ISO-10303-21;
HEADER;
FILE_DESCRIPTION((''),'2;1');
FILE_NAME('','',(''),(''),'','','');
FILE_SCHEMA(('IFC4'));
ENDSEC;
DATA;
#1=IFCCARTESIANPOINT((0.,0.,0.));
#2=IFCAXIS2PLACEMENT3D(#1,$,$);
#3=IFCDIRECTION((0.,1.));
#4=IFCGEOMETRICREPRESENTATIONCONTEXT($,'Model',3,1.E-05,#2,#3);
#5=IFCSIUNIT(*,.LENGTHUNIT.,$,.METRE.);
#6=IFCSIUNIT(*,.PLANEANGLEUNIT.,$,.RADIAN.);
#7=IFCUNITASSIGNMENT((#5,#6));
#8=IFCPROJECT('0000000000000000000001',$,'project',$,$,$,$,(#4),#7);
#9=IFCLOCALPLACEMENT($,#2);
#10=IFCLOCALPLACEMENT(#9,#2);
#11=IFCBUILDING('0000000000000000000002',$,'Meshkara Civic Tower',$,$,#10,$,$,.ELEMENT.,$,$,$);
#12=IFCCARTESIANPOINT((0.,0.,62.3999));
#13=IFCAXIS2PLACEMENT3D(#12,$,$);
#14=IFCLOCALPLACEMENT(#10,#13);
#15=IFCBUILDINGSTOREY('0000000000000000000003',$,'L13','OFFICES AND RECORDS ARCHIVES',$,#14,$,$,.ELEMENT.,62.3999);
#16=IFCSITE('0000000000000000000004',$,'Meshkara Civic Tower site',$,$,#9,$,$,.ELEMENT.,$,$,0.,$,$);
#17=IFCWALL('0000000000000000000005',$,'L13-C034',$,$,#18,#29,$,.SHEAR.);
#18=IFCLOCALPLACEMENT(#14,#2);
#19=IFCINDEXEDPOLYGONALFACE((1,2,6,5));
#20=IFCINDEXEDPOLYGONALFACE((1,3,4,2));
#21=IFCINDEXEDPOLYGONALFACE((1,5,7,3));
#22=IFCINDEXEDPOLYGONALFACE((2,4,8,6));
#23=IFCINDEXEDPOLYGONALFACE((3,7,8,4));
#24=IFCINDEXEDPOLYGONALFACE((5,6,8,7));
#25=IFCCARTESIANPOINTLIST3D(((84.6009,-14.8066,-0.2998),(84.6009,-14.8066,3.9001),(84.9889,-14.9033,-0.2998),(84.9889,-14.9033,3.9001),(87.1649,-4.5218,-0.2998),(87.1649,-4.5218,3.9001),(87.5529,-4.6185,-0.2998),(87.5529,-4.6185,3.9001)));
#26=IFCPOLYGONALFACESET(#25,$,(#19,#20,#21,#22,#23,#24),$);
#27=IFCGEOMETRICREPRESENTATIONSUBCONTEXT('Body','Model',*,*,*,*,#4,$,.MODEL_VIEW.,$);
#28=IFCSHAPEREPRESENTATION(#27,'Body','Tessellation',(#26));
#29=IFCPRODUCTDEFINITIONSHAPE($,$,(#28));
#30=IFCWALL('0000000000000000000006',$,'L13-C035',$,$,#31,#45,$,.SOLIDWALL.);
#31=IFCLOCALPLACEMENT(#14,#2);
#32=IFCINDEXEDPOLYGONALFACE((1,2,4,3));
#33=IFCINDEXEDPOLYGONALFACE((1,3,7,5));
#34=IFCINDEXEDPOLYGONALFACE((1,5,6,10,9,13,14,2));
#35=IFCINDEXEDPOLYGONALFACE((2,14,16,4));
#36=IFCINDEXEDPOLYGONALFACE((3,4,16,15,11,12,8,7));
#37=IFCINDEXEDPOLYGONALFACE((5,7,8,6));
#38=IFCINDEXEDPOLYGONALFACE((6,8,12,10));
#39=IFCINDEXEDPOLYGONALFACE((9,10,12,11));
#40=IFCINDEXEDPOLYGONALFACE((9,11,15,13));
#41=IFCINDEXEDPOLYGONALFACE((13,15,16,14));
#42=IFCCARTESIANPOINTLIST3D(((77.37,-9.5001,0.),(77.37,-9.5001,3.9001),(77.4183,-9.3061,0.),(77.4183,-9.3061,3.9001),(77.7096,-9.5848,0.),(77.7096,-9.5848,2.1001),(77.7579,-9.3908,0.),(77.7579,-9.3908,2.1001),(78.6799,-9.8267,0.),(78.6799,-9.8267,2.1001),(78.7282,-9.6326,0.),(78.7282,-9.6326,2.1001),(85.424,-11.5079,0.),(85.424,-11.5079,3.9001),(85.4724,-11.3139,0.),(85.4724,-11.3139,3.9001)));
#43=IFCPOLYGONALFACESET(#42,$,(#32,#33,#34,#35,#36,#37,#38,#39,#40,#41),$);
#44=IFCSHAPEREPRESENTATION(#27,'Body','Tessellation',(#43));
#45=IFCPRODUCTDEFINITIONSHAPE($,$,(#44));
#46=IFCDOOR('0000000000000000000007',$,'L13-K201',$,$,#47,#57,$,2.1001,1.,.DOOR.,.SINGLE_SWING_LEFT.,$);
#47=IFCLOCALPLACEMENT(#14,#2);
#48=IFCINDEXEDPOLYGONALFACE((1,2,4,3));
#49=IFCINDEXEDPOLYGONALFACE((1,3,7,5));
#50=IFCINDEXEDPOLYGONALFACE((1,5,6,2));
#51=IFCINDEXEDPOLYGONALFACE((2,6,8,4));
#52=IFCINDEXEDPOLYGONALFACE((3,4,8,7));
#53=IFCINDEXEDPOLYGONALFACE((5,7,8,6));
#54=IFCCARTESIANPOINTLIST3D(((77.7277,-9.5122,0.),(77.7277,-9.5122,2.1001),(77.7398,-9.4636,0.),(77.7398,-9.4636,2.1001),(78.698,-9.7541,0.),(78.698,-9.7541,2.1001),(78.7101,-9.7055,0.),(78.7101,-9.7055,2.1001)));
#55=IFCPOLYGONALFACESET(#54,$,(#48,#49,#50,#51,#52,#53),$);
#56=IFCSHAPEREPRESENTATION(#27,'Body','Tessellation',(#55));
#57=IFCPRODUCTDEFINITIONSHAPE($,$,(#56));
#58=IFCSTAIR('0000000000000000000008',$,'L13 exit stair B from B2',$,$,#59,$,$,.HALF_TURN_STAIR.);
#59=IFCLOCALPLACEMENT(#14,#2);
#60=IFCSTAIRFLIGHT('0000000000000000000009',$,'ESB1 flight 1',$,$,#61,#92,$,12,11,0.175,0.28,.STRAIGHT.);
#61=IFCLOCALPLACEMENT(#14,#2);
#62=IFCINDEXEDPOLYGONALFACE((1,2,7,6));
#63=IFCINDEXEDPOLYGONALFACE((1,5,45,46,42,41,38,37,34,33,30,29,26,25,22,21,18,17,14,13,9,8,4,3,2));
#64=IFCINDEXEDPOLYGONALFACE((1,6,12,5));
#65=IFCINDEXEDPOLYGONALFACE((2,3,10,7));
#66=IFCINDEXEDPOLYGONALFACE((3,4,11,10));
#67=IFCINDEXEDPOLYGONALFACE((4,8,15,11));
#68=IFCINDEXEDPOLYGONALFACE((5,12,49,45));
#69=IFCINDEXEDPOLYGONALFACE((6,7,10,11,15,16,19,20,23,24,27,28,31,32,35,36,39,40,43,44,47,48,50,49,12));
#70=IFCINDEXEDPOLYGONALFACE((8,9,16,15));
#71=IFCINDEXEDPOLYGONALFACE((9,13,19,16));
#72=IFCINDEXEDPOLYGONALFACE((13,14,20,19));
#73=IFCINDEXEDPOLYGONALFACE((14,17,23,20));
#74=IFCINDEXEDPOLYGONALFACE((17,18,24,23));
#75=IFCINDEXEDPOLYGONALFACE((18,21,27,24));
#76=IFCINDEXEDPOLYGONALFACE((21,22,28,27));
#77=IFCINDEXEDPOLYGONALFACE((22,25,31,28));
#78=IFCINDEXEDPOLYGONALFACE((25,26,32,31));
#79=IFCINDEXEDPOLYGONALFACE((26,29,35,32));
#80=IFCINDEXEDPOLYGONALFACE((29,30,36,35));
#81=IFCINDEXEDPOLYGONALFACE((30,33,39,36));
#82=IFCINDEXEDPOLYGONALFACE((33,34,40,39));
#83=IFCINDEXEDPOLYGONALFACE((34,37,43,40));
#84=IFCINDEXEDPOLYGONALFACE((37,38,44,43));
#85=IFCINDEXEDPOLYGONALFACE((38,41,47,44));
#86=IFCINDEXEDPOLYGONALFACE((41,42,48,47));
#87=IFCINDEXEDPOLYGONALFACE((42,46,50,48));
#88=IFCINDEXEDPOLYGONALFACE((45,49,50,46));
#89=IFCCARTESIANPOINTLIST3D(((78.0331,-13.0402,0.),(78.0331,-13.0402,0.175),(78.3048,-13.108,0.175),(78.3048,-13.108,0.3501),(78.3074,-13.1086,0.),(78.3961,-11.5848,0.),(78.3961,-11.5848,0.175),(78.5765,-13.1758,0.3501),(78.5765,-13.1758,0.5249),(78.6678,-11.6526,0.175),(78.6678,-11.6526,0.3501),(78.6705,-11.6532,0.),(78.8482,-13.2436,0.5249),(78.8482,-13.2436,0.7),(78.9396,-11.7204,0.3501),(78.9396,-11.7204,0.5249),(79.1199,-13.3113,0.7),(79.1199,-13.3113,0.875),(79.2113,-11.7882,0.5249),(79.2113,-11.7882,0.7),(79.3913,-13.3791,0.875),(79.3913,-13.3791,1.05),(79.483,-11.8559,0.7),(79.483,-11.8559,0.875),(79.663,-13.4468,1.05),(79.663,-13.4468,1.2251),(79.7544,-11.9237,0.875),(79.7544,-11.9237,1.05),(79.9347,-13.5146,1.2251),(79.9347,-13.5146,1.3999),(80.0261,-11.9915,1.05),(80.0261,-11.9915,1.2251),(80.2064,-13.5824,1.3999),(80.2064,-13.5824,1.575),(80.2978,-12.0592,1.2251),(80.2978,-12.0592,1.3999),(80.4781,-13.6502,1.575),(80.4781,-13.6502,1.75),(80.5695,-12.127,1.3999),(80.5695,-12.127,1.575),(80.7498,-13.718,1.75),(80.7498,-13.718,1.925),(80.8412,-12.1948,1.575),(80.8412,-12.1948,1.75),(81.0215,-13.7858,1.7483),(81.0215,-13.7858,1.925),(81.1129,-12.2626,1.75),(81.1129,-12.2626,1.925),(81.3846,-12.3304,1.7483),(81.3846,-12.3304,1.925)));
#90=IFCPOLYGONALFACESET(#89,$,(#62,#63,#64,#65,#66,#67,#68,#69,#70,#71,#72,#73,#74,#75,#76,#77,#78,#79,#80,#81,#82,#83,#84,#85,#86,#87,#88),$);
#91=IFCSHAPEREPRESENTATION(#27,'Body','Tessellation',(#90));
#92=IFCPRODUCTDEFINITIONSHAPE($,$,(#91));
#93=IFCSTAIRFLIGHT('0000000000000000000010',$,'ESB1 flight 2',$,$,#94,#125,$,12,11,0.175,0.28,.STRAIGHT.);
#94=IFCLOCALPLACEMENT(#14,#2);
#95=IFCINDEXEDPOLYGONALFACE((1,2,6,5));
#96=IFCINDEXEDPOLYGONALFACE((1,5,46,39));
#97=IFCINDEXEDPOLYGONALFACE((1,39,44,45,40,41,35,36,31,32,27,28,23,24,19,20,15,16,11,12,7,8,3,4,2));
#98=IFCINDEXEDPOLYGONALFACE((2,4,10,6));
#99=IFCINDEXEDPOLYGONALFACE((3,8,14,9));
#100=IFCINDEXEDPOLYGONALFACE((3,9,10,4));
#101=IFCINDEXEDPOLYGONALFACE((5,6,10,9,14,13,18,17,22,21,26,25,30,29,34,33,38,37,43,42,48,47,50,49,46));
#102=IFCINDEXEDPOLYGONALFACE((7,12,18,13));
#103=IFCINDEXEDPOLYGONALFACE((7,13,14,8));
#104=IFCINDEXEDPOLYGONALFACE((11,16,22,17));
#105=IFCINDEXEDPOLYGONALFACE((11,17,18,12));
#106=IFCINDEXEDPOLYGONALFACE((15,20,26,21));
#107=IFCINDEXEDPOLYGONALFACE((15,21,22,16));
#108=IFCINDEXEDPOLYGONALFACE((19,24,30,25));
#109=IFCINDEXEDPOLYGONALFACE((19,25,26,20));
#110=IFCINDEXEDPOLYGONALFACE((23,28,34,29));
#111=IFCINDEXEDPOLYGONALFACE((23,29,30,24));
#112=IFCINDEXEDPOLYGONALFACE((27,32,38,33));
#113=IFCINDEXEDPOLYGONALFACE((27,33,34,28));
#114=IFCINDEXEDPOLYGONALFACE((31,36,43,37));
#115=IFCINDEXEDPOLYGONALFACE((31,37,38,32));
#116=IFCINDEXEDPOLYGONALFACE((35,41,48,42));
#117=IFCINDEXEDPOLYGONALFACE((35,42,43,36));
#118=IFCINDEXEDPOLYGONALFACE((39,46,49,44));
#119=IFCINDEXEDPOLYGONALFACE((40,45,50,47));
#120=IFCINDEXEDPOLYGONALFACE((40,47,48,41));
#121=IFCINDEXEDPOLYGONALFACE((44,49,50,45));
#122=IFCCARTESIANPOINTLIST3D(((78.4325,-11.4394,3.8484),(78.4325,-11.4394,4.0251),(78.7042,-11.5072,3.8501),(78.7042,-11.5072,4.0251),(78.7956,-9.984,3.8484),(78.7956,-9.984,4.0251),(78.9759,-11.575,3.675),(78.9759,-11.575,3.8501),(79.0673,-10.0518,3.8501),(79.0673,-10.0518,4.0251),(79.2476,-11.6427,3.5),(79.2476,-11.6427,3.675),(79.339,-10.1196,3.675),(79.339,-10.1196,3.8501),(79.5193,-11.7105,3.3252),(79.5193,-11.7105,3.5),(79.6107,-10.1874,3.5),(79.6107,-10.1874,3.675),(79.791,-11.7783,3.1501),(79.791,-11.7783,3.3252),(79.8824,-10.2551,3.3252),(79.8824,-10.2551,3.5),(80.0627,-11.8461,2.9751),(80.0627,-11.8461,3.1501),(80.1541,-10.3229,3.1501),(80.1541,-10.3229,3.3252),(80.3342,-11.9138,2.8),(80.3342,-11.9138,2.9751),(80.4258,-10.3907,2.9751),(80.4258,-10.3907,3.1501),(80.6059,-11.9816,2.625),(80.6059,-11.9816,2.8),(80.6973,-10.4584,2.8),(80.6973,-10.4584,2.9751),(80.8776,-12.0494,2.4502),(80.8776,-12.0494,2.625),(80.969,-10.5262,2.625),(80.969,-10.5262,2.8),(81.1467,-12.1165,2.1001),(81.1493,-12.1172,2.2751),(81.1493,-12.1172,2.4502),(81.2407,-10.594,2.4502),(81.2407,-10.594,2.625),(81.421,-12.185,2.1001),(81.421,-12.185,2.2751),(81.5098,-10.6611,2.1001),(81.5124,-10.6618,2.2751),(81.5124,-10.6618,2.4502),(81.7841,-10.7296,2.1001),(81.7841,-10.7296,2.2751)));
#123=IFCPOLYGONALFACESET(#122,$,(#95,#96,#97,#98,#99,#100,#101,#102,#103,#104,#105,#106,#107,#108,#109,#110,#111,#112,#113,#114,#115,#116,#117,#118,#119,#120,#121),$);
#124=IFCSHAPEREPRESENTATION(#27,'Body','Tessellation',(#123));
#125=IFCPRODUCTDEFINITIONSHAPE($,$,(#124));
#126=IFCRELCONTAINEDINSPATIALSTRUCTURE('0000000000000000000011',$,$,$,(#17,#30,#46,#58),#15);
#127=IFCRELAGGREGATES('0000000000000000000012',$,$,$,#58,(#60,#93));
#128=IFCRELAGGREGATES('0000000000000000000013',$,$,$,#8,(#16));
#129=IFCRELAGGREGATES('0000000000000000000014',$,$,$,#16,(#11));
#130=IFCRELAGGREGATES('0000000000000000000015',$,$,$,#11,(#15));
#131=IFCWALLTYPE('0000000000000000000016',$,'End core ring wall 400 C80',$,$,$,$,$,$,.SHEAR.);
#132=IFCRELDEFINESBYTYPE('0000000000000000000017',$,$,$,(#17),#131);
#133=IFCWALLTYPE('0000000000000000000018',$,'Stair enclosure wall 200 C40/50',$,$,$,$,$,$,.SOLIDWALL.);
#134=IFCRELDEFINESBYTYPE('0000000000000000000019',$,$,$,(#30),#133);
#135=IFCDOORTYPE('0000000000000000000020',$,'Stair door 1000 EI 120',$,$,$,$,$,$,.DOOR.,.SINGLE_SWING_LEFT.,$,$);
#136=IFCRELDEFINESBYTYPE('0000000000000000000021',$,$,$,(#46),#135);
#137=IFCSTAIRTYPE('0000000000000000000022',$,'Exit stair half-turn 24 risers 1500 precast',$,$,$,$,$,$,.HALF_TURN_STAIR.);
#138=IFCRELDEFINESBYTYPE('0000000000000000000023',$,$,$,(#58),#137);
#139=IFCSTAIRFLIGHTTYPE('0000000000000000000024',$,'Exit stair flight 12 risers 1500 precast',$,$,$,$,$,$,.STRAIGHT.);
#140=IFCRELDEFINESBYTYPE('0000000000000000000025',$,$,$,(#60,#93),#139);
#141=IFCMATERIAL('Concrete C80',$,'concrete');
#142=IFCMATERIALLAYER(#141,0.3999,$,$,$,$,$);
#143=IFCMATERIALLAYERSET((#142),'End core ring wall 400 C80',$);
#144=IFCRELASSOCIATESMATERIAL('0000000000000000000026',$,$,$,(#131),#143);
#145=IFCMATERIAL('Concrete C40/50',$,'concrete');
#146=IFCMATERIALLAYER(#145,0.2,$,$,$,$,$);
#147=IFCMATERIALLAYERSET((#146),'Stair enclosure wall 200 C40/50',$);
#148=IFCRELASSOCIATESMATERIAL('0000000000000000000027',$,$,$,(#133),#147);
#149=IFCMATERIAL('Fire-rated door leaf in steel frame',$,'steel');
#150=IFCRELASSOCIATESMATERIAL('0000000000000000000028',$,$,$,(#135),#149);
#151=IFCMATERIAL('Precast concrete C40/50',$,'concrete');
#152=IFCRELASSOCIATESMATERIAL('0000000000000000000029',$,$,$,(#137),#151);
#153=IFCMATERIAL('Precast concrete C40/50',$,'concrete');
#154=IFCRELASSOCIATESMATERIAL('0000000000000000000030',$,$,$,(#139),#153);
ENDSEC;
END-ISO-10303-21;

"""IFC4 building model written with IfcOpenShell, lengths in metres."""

from ifc_helpers import new_model, si_unit, direction, frame, frame_2d, origin, place, context, subcontext, project, spatial, polyline, rectangle, outline, extrude, material, layer, layer_set, type_object, element, fill, aggregate, save


model = new_model("IFC4")

# Units and contexts
model_context = context("Model", 3, precision=1e-05, world=origin(), true_north=direction((0.0, 1.0)))
body_context = subcontext(model_context, "Body", "Model", "MODEL_VIEW")
ifc_project = project(units=[si_unit("LENGTHUNIT", "METRE"), si_unit("PLANEANGLEUNIT", "RADIAN")], contexts=[model_context])

# Site, building, storey
site_placement = place(None, origin())
site = spatial("IfcSite", under=ifc_project, at=site_placement, Name="Meshkara Civic Tower site", CompositionType="ELEMENT", RefElevation=0.0)
building_placement = place(site_placement, origin())
building = spatial("IfcBuilding", under=site, at=building_placement, Name="Meshkara Civic Tower", CompositionType="ELEMENT")
storey_placement = place(building_placement, frame((0.0, 0.0, 62.3999)))
storey = spatial("IfcBuildingStorey", under=building, at=storey_placement, Name="L13", Description="OFFICES AND RECORDS ARCHIVES", CompositionType="ELEMENT", Elevation=62.3999)

# Shared definitions
ifc_material_1 = material(Name="Concrete C80", Category="concrete")
ifc_layer_1 = layer(ifc_material_1, 0.3999)
ifc_layer_set_1 = layer_set([ifc_layer_1], Name="End core ring wall 400 C80")
wall_type_1 = type_object("IfcWallType", Name="End core ring wall 400 C80", PredefinedType="SHEAR", material=ifc_layer_set_1)

# Wall
wall_1_placement = place(storey_placement, frame((84.7949, -14.855, -0.2998), z_axis=(0.0, 0.0, 1.0), x_axis=(0.241891, 0.970304, 0.0)))
element("IfcWall", 1, at=wall_1_placement, inside=storey, type_object=wall_type_1, Name="L13-C034", PredefinedType="SHEAR", context=body_context, shape_type="SweptSolid", body=[
    extrude(rectangle(XDim=10.5996, YDim=0.3999, at=frame_2d((5.2998, 0.0))), origin(), (0.0, 0.0, 1.0), 4.2),
])

# Wall, opening, door
ifc_material_2 = material(Name="Concrete C40/50", Category="concrete")
ifc_layer_2 = layer(ifc_material_2, 0.2)
ifc_layer_set_2 = layer_set([ifc_layer_2], Name="Stair enclosure wall 200 C40/50")
wall_type_2 = type_object("IfcWallType", Name="Stair enclosure wall 200 C40/50", PredefinedType="SOLIDWALL", material=ifc_layer_set_2)
wall_2_placement = place(storey_placement, frame((77.394, -9.4031, 0.0), z_axis=(0.0, 0.0, 1.0), x_axis=(0.970303, -0.241892, 0.0)))
wall_2 = element("IfcWall", 2, at=wall_2_placement, inside=storey, type_object=wall_type_2, Name="L13-C035", PredefinedType="SOLIDWALL", context=body_context, shape_type="SweptSolid", body=[
    extrude(rectangle(XDim=8.3005, YDim=0.2, at=frame_2d((4.1504, 0.0))), origin(), (0.0, 0.0, 1.0), 3.9001),
])
opening_1_placement = place(wall_2_placement, frame((0.3501, 0.0, 0.0)))
opening_1 = element("IfcOpeningElement", 3, at=opening_1_placement, cuts=wall_2, PredefinedType="OPENING", context=body_context, shape_type="SweptSolid", body=[
    extrude(rectangle(XDim=1.0, YDim=2.1001, at=frame_2d((0.5, 1.05))), frame((0.0, 0.1099, 0.0), z_axis=(0.0, -1.0, 0.0), x_axis=(1.0, 0.0, 0.0)), (0.0, 0.0, 1.0), 0.22),
])
ifc_material_3 = material(Name="Fire-rated door leaf in steel frame", Category="steel")
door_type_1 = type_object("IfcDoorType", Name="Stair door 1000 EI 120", OperationType="SINGLE_SWING_LEFT", PredefinedType="DOOR", material=ifc_material_3)
door_1_placement = place(opening_1_placement, origin())
door_1 = element("IfcDoor", 4, at=door_1_placement, inside=storey, type_object=door_type_1, Name="L13-K201", OperationType="SINGLE_SWING_LEFT", OverallHeight=2.1001, OverallWidth=1.0, PredefinedType="DOOR", context=body_context, shape_type="SweptSolid", body=[
    extrude(rectangle(XDim=1.0, YDim=2.1001, at=frame_2d((0.5, 1.05))), frame((0.0, 0.0249, 0.0), z_axis=(0.0, -1.0, 0.0), x_axis=(1.0, 0.0, 0.0)), (0.0, 0.0, 1.0), 0.05),
])
fill(opening_1, door_1)

# Stair, stair flights
ifc_material_4 = material(Name="Precast concrete C40/50", Category="concrete")
stair_type = type_object("IfcStairType", Name="Exit stair half-turn 24 risers 1500 precast", PredefinedType="HALF_TURN_STAIR", material=ifc_material_4)
stair_placement = place(storey_placement, origin())
stair = element("IfcStair", 5, at=stair_placement, inside=storey, type_object=stair_type, Name="L13 exit stair B from B2", PredefinedType="HALF_TURN_STAIR")
ifc_material_5 = material(Name="Precast concrete C40/50", Category="concrete")
stair_flight_type = type_object("IfcStairFlightType", Name="Exit stair flight 12 risers 1500 precast", PredefinedType="STRAIGHT", material=ifc_material_5)
stair_flight_1_placement = place(storey_placement, frame((78.2146, -12.3125, 0.0), z_axis=(0.0, 0.0, 1.0), x_axis=(0.97026, -0.242065, 0.0)))
stair_flight_1 = element("IfcStairFlight", 6, at=stair_flight_1_placement, type_object=stair_flight_type, Name="ESB1 flight 1", NumberOfRisers=12, NumberOfTreads=11, PredefinedType="STRAIGHT", RiserHeight=0.175, TreadLength=0.28, context=body_context, shape_type="SweptSolid", body=[
    extrude(outline(polyline([(0.0, 0.0), (0.0, 0.175), (0.28, 0.175), (0.28, 0.3501), (0.5601, 0.3501), (0.5601, 0.5249), (0.8401, 0.5249), (0.8401, 0.7), (1.1201, 0.7), (1.1201, 0.875), (1.3999, 0.875), (1.3999, 1.05), (1.6799, 1.05), (1.6799, 1.2251), (1.96, 1.2251), (1.96, 1.3999), (2.24, 1.3999), (2.24, 1.575), (2.52, 1.575), (2.52, 1.75), (2.8, 1.75), (2.8, 1.925), (3.0801, 1.925), (3.0801, 2.1001), (3.0801, 1.7483), (0.2827, 0.0), (0.0, 0.0)])), frame((0.0, 0.75, 0.0), z_axis=(0.0, -1.0, 0.0), x_axis=(1.0, 0.0, 0.0)), (0.0, 0.0, 1.0), 1.5),
])
stair_flight_2_placement = place(storey_placement, frame((81.6025, -11.4573, 2.1001), z_axis=(0.0, 0.0, 1.0), x_axis=(-0.97026, 0.242065, 0.0)))
stair_flight_2 = element("IfcStairFlight", 7, at=stair_flight_2_placement, type_object=stair_flight_type, Name="ESB1 flight 2", NumberOfRisers=12, NumberOfTreads=11, PredefinedType="STRAIGHT", RiserHeight=0.175, TreadLength=0.28, context=body_context, shape_type="SweptSolid", body=[
    extrude(outline(polyline([(0.0, 0.0), (0.0, 0.175), (0.28, 0.175), (0.28, 0.3501), (0.5601, 0.3501), (0.5601, 0.5249), (0.8401, 0.5249), (0.8401, 0.7), (1.1201, 0.7), (1.1201, 0.875), (1.3999, 0.875), (1.3999, 1.05), (1.6799, 1.05), (1.6799, 1.2251), (1.96, 1.2251), (1.96, 1.3999), (2.24, 1.3999), (2.24, 1.575), (2.52, 1.575), (2.52, 1.75), (2.8, 1.75), (2.8, 1.925), (3.0801, 1.925), (3.0801, 2.1001), (3.0801, 1.7483), (0.2827, 0.0), (0.0, 0.0)])), frame((0.0, 0.75, 0.0), z_axis=(0.0, -1.0, 0.0), x_axis=(1.0, 0.0, 0.0)), (0.0, 0.0, 1.0), 1.5),
])
aggregate(stair, [stair_flight_1, stair_flight_2])

save(model, "model.ifc")
